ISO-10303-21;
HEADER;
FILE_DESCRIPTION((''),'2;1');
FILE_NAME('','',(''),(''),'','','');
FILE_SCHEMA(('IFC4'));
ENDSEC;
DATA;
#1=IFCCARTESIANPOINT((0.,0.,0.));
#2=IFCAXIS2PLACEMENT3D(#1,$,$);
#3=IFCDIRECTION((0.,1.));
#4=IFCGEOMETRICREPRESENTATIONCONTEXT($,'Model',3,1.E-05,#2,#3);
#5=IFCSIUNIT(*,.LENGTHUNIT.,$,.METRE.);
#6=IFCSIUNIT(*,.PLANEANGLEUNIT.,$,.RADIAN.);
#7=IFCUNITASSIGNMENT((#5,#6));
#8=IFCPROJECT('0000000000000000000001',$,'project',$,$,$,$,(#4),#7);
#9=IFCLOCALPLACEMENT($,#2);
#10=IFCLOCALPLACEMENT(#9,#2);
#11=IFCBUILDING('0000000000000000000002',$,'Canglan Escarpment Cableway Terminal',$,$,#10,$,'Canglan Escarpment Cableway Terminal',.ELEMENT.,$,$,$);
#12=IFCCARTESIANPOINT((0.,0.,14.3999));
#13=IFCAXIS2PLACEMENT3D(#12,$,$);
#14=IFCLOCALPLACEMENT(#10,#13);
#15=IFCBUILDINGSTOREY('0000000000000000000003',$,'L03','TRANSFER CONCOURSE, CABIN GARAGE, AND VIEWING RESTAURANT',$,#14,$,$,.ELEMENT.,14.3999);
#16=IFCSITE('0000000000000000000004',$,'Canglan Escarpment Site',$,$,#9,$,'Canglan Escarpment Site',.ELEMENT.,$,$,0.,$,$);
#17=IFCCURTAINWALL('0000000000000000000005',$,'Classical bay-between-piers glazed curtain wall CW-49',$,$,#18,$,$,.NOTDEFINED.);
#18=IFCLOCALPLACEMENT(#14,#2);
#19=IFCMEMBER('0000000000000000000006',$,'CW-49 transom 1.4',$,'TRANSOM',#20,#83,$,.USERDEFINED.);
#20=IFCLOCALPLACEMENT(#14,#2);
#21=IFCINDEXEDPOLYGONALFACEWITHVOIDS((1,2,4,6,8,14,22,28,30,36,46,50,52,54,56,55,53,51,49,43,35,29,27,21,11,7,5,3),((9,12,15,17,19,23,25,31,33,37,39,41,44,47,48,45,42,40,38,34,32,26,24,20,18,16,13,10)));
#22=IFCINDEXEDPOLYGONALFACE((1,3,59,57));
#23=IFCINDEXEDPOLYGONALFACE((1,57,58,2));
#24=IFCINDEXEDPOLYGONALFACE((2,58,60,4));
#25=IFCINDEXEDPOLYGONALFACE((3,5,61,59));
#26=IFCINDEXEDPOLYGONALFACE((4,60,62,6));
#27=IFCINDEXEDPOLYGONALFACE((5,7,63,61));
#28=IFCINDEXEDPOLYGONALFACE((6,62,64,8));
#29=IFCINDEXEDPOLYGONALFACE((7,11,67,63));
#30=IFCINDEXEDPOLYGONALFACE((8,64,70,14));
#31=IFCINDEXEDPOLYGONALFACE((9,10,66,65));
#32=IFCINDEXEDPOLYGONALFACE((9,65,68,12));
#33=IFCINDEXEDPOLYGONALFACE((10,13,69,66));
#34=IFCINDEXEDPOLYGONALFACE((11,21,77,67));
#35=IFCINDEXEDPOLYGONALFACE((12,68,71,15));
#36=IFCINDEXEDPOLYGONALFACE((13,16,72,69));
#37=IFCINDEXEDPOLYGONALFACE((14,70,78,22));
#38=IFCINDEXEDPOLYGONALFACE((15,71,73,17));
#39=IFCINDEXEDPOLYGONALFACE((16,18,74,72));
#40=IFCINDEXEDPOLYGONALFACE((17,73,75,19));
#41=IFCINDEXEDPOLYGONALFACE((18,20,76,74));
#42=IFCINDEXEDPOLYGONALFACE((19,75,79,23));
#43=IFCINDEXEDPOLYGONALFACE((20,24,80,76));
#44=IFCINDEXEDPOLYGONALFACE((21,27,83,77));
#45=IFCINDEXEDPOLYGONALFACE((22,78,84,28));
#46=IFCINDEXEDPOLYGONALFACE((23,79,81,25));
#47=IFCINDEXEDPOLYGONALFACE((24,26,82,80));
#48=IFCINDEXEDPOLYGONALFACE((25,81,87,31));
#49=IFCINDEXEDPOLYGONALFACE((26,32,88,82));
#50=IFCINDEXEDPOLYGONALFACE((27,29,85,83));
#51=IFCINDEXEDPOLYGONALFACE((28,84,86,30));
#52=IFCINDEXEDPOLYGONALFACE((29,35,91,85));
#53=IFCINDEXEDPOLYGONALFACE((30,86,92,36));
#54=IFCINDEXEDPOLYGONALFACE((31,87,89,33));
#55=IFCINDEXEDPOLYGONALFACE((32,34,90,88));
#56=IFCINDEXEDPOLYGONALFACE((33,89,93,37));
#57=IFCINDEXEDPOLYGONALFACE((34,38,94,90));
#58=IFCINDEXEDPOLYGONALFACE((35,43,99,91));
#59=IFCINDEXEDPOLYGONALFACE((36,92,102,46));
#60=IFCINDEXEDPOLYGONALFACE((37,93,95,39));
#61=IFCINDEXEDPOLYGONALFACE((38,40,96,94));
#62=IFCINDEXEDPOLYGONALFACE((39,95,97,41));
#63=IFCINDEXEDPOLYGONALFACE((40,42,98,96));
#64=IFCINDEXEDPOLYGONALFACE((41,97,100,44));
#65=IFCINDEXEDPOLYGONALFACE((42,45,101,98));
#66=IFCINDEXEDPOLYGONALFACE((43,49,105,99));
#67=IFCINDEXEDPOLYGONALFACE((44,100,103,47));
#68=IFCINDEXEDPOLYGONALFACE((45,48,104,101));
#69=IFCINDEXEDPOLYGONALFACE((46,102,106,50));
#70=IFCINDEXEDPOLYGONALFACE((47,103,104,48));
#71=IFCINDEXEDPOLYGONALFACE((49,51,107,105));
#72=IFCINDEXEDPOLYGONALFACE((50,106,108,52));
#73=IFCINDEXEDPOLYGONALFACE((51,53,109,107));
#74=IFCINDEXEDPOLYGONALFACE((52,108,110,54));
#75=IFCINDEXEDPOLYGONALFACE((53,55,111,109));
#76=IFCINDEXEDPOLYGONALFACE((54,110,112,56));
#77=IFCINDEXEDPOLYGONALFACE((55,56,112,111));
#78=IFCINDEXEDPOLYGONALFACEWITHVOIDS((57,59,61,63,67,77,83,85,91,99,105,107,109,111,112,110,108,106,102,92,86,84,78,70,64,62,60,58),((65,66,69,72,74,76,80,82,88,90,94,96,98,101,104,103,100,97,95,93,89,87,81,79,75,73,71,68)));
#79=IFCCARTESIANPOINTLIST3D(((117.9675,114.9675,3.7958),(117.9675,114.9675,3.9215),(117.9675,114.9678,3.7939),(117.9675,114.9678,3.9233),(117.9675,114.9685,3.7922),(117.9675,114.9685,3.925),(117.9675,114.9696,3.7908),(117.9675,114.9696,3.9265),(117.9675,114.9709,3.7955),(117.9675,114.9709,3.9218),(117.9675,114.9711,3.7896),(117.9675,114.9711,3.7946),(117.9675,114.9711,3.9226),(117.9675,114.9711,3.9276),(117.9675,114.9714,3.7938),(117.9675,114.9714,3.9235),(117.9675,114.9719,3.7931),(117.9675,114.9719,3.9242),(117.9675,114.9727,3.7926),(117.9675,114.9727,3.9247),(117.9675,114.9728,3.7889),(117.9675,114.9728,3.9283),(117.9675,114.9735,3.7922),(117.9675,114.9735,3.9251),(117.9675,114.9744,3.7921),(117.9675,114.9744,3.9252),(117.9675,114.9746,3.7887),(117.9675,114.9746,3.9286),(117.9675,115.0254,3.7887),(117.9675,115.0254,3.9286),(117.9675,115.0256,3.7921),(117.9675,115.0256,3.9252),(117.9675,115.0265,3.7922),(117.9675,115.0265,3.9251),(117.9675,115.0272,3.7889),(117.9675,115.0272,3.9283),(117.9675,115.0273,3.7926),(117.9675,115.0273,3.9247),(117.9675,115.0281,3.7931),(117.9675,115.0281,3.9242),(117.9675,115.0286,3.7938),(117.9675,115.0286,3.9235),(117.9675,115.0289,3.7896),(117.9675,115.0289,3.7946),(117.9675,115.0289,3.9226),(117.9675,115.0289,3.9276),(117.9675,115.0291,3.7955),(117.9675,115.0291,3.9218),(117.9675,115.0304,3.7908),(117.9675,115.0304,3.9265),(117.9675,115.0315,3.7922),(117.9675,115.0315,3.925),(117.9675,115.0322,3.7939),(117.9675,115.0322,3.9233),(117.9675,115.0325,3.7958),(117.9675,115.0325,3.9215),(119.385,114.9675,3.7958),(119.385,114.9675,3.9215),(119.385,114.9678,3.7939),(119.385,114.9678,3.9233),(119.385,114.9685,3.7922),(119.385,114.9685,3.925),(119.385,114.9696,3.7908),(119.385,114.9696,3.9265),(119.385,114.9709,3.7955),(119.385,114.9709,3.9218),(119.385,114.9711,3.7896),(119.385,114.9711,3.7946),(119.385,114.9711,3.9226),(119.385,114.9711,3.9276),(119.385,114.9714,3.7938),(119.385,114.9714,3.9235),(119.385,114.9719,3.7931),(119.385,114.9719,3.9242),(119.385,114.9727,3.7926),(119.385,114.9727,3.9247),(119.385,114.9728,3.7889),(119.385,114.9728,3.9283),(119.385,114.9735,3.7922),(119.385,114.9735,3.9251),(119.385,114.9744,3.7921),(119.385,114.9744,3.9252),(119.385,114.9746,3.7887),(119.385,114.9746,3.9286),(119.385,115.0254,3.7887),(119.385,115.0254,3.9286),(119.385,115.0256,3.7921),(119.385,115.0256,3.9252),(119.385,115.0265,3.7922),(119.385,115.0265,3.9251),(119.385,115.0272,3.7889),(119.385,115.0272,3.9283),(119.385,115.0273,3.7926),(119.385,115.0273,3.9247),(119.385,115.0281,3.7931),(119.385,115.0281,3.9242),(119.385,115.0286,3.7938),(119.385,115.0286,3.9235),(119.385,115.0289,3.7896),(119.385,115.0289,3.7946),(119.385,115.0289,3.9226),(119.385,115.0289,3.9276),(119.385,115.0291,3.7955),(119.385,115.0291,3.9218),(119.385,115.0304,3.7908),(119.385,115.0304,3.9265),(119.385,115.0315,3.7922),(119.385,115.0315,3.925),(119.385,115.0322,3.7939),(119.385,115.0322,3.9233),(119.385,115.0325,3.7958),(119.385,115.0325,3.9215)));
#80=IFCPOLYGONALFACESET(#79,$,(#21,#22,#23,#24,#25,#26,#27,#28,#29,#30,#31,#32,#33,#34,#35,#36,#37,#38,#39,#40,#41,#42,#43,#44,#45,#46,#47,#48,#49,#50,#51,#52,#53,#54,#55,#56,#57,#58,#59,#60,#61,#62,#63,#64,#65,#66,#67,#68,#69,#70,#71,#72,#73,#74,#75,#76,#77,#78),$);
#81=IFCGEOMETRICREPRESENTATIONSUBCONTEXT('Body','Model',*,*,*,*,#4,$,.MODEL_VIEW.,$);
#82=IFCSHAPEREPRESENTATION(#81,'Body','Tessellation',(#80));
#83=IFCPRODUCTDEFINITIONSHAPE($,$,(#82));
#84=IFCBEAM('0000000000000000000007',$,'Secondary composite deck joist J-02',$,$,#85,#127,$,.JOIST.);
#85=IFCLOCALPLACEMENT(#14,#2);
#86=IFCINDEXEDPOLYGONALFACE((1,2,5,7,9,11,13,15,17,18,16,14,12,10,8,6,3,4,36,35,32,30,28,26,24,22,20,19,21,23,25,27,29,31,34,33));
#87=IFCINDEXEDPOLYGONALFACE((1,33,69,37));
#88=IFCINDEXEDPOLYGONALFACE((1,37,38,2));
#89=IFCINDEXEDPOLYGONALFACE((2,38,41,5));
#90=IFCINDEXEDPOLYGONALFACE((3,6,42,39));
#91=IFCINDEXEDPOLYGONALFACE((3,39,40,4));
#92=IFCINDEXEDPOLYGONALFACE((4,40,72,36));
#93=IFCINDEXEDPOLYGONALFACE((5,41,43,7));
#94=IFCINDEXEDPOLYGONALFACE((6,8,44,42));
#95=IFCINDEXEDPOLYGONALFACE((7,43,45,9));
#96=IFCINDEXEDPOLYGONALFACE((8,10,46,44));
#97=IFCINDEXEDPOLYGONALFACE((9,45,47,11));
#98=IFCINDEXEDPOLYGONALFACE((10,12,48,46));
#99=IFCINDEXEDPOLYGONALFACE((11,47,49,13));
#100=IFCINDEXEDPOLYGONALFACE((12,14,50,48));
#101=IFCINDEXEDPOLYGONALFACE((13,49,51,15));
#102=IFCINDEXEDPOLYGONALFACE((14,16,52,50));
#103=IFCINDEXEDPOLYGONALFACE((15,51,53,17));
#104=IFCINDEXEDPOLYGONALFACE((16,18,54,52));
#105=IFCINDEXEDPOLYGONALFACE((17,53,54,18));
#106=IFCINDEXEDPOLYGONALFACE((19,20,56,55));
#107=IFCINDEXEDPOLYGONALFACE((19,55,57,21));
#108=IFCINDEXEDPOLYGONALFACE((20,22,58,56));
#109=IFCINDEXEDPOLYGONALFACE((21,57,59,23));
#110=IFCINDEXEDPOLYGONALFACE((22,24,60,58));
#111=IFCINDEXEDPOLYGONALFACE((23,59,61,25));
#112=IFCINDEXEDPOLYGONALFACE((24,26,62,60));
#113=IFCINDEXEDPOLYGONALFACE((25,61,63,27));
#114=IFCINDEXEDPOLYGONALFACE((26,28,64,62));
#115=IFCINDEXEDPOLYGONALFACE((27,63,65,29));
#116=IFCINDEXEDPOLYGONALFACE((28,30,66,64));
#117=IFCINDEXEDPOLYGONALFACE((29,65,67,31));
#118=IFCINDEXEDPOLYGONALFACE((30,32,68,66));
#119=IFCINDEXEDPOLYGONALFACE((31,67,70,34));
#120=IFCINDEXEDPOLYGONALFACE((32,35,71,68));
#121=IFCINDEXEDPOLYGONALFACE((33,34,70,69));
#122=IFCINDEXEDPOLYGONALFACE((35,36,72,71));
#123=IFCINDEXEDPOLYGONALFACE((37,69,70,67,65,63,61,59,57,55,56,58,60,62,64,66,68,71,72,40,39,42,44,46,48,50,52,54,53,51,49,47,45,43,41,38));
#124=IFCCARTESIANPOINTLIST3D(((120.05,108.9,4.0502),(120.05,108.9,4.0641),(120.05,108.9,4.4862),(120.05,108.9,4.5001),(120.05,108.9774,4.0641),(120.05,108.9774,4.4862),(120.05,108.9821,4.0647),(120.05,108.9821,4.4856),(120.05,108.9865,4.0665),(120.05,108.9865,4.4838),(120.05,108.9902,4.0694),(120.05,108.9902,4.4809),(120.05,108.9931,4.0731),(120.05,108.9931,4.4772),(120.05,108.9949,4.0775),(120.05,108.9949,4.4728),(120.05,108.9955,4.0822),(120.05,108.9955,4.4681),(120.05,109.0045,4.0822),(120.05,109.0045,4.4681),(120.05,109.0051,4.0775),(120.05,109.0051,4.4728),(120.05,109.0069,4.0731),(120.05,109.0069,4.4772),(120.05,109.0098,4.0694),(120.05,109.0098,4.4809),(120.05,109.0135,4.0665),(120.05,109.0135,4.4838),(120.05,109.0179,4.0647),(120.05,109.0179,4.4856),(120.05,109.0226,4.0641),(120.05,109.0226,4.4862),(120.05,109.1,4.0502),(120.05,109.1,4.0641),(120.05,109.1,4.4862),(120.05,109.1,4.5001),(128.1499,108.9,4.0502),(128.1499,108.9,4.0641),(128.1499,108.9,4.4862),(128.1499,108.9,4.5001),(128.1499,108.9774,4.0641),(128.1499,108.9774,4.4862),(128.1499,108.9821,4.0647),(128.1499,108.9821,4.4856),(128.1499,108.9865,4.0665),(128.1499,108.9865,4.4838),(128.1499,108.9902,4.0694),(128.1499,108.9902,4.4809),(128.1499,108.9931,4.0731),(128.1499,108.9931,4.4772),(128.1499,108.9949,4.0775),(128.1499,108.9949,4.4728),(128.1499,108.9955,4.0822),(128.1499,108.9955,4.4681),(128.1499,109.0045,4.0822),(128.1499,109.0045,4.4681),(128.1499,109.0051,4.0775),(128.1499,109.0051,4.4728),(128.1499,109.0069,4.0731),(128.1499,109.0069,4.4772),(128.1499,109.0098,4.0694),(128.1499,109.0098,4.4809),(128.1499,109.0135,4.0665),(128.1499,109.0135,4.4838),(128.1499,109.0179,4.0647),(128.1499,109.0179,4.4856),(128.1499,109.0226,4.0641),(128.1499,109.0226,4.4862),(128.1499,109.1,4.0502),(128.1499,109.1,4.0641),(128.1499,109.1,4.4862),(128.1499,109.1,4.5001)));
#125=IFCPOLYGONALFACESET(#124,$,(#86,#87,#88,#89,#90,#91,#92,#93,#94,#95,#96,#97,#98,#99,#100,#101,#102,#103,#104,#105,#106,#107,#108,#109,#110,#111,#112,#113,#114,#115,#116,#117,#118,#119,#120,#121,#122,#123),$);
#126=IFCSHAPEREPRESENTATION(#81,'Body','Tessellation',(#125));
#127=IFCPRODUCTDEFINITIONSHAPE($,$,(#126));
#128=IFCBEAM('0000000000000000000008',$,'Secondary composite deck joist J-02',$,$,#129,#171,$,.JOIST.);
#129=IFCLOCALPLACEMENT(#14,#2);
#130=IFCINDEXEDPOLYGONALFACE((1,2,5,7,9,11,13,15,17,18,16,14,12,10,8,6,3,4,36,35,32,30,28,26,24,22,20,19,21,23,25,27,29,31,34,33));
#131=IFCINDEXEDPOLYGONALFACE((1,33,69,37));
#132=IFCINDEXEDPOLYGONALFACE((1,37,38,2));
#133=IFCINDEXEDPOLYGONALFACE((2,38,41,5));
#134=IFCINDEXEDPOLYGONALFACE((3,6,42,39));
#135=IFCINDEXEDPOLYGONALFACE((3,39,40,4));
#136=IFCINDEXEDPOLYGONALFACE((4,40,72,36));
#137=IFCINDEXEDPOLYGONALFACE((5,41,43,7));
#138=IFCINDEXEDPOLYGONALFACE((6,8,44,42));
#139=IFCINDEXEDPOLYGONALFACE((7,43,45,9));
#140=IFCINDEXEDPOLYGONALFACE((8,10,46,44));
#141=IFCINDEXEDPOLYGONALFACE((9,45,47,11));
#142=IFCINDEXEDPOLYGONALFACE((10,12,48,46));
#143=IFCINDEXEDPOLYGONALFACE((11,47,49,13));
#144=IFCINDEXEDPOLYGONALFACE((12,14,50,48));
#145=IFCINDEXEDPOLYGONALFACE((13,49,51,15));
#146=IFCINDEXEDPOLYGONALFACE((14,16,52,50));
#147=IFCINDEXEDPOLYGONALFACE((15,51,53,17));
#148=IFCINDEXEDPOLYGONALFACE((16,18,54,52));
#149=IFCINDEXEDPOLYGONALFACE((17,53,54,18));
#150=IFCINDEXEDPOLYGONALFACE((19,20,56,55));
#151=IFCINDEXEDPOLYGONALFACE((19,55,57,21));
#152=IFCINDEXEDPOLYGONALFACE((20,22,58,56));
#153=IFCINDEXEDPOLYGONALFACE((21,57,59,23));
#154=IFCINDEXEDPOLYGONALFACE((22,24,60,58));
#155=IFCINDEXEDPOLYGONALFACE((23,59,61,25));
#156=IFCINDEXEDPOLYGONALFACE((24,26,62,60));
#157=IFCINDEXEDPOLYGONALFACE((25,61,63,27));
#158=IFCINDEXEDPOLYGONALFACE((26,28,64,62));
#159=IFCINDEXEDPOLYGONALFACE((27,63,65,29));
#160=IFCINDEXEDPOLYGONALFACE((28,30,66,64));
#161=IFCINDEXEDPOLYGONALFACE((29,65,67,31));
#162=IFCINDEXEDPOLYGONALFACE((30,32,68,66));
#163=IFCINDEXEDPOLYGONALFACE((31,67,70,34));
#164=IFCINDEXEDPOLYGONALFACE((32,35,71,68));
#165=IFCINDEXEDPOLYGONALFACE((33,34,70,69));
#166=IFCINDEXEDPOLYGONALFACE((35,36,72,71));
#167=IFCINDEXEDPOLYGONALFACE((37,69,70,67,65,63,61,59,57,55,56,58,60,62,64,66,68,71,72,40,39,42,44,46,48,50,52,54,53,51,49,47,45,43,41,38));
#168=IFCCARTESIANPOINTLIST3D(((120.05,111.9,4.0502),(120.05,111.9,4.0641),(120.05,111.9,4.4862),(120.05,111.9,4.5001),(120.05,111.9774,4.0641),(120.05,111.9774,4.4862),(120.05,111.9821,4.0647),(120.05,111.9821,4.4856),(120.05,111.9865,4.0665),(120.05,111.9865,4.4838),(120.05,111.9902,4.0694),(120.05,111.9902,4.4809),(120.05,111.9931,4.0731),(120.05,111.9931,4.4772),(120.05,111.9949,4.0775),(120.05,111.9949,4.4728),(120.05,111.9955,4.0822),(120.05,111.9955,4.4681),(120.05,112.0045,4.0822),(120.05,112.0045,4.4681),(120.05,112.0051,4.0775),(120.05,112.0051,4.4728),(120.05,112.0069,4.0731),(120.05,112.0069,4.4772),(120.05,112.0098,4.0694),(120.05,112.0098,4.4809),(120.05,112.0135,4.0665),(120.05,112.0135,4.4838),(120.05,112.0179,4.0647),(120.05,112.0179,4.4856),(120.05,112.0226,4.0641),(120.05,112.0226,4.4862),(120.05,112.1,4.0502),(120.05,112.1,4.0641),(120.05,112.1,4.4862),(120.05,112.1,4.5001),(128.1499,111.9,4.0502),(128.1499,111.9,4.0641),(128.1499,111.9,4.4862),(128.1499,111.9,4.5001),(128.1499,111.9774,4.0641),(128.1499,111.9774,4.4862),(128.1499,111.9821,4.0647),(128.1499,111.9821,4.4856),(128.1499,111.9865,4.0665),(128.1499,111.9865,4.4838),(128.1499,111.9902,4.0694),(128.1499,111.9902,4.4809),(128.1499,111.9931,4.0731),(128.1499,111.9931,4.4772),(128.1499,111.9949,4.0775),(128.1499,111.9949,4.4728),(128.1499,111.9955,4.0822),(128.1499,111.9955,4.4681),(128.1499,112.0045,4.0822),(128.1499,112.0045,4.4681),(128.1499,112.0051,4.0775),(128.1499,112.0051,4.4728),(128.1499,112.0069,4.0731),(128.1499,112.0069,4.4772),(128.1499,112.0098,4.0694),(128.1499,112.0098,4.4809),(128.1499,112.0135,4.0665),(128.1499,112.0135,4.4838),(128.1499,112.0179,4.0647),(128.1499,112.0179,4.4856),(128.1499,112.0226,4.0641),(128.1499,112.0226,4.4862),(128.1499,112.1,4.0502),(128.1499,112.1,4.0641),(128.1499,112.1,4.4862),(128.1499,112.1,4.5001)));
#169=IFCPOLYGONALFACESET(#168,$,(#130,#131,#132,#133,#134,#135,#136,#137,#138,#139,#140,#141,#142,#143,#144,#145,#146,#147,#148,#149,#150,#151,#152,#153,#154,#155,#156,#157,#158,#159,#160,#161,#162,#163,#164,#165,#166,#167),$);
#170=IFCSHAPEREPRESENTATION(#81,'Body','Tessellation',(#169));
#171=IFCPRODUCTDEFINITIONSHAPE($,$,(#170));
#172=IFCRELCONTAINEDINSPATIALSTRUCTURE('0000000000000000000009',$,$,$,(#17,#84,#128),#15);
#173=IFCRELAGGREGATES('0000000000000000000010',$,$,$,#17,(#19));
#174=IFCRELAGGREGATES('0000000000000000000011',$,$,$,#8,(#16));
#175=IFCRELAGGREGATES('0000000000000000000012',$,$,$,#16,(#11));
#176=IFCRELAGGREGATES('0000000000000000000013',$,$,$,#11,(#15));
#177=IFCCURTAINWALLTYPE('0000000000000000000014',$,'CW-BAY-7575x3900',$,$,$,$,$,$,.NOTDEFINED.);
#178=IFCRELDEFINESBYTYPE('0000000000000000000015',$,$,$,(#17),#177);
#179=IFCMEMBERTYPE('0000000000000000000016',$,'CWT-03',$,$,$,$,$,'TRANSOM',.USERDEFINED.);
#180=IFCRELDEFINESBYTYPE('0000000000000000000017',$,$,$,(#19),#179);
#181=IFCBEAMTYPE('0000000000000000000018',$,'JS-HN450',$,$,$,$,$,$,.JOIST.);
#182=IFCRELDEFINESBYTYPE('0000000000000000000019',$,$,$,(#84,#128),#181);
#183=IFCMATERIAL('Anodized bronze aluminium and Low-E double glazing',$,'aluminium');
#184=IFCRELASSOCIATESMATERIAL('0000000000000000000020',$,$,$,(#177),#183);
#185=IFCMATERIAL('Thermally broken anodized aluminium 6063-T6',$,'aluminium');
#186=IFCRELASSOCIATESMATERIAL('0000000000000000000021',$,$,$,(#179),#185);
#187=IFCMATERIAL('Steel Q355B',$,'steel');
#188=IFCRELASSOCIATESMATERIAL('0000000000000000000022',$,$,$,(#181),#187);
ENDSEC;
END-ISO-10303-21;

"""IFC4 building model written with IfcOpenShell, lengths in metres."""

from ifc_helpers import new_model, si_unit, direction, frame, origin, origin_2d, place, context, subcontext, project, spatial, hollow_rectangle, i_section, extrude, material, material_profile, profile_set, type_object, element, aggregate, save


model = new_model("IFC4")

# Units and contexts
model_context = context("Model", 3, precision=1e-05, world=origin(), true_north=direction((0.0, 1.0)))
body_context = subcontext(model_context, "Body", "Model", "MODEL_VIEW")
ifc_project = project(units=[si_unit("LENGTHUNIT", "METRE"), si_unit("PLANEANGLEUNIT", "RADIAN")], contexts=[model_context])

# Site, building, storey
site_placement = place(None, origin())
site = spatial("IfcSite", under=ifc_project, at=site_placement, Name="Canglan Escarpment Site", LongName="Canglan Escarpment Site", CompositionType="ELEMENT", RefElevation=0.0)
building_placement = place(site_placement, origin())
building = spatial("IfcBuilding", under=site, at=building_placement, Name="Canglan Escarpment Cableway Terminal", LongName="Canglan Escarpment Cableway Terminal", CompositionType="ELEMENT")
storey_placement = place(building_placement, frame((0.0, 0.0, 14.3999)))
storey = spatial("IfcBuildingStorey", under=building, at=storey_placement, Name="L03", Description="TRANSFER CONCOURSE, CABIN GARAGE, AND VIEWING RESTAURANT", CompositionType="ELEMENT", Elevation=14.3999)

# Shared definitions
ifc_material_1 = material(Name="Steel Q355B", Category="steel")

# Curtain wall
ifc_material_2 = material(Name="Anodized bronze aluminium and Low-E double glazing", Category="aluminium")
ifc_material_3 = material(Name="Thermally broken anodized aluminium 6063-T6", Category="aluminium")
curtain_wall_type_1 = type_object("IfcCurtainWallType", Name="CW-BAY-7575x3900", PredefinedType="NOTDEFINED", material=ifc_material_2)
curtain_wall_1_placement = place(storey_placement, origin())
curtain_wall_1 = element("IfcCurtainWall", 1, at=curtain_wall_1_placement, inside=storey, type_object=curtain_wall_type_1, Name="Classical bay-between-piers glazed curtain wall CW-49", PredefinedType="NOTDEFINED")

# Member
ifc_material_profile_1 = material_profile(ifc_material_3, hollow_rectangle(XDim=0.0649, YDim=0.1399, WallThickness=0.0034, InnerFilletRadius=0.0034, OuterFilletRadius=0.0071, at=origin_2d()), Name="ALU-TRAN 65x140x3.5")
ifc_profile_set_1 = profile_set([ifc_material_profile_1], Name="Thermally broken anodized aluminium 6063-T6")
member_type_1 = type_object("IfcMemberType", Name="CWT-03", ElementType="TRANSOM", PredefinedType="USERDEFINED", material=ifc_profile_set_1)
member_1_placement = place(storey_placement, frame((119.385, 115.0, 3.8586), z_axis=(-1.0, 0.0, 0.0), x_axis=(0.0, -1.0, 0.0)))
member_1 = element("IfcMember", 2, at=member_1_placement, type_object=member_type_1, Name="CW-49 transom 1.4", ObjectType="TRANSOM", PredefinedType="USERDEFINED", context=body_context, shape_type="SweptSolid", body=[
    extrude(hollow_rectangle(XDim=0.0649, YDim=0.1399, WallThickness=0.0034, InnerFilletRadius=0.0034, OuterFilletRadius=0.0071, at=origin_2d()), origin(), (0.0, 0.0, 1.0), 1.4175),
])
aggregate(curtain_wall_1, [member_1])

# Beams
ifc_material_profile_2 = material_profile(ifc_material_1, i_section(OverallWidth=0.2, OverallDepth=0.45, WebThickness=0.009, FlangeThickness=0.0139, FilletRadius=0.0181, at=origin_2d()), Name="HN 450x200x9x14")
ifc_profile_set_2 = profile_set([ifc_material_profile_2], Name="Steel Q355B")
beam_type_1 = type_object("IfcBeamType", Name="JS-HN450", PredefinedType="JOIST", material=ifc_profile_set_2)
for number, where, z_axis, x_axis, name in (
    (3, (120.05, 109.0, 4.2751), (1.0, 0.0, 0.0), (0.0, 1.0, 0.0), "Secondary composite deck joist J-02"),
    (4, (120.05, 112.0, 4.2751), (1.0, 0.0, 0.0), (0.0, 1.0, 0.0), "Secondary composite deck joist J-02"),
):
    element("IfcBeam", number, at=place(storey_placement, frame(where, z_axis=z_axis, x_axis=x_axis)), inside=storey, type_object=beam_type_1, Name=name, PredefinedType="JOIST", context=body_context, shape_type="SweptSolid", body=[
        extrude(i_section(OverallWidth=0.2, OverallDepth=0.45, WebThickness=0.009, FlangeThickness=0.0139, FilletRadius=0.0181, at=origin_2d()), origin(), (0.0, 0.0, 1.0), 8.0999),
    ])

save(model, "model.ifc")
